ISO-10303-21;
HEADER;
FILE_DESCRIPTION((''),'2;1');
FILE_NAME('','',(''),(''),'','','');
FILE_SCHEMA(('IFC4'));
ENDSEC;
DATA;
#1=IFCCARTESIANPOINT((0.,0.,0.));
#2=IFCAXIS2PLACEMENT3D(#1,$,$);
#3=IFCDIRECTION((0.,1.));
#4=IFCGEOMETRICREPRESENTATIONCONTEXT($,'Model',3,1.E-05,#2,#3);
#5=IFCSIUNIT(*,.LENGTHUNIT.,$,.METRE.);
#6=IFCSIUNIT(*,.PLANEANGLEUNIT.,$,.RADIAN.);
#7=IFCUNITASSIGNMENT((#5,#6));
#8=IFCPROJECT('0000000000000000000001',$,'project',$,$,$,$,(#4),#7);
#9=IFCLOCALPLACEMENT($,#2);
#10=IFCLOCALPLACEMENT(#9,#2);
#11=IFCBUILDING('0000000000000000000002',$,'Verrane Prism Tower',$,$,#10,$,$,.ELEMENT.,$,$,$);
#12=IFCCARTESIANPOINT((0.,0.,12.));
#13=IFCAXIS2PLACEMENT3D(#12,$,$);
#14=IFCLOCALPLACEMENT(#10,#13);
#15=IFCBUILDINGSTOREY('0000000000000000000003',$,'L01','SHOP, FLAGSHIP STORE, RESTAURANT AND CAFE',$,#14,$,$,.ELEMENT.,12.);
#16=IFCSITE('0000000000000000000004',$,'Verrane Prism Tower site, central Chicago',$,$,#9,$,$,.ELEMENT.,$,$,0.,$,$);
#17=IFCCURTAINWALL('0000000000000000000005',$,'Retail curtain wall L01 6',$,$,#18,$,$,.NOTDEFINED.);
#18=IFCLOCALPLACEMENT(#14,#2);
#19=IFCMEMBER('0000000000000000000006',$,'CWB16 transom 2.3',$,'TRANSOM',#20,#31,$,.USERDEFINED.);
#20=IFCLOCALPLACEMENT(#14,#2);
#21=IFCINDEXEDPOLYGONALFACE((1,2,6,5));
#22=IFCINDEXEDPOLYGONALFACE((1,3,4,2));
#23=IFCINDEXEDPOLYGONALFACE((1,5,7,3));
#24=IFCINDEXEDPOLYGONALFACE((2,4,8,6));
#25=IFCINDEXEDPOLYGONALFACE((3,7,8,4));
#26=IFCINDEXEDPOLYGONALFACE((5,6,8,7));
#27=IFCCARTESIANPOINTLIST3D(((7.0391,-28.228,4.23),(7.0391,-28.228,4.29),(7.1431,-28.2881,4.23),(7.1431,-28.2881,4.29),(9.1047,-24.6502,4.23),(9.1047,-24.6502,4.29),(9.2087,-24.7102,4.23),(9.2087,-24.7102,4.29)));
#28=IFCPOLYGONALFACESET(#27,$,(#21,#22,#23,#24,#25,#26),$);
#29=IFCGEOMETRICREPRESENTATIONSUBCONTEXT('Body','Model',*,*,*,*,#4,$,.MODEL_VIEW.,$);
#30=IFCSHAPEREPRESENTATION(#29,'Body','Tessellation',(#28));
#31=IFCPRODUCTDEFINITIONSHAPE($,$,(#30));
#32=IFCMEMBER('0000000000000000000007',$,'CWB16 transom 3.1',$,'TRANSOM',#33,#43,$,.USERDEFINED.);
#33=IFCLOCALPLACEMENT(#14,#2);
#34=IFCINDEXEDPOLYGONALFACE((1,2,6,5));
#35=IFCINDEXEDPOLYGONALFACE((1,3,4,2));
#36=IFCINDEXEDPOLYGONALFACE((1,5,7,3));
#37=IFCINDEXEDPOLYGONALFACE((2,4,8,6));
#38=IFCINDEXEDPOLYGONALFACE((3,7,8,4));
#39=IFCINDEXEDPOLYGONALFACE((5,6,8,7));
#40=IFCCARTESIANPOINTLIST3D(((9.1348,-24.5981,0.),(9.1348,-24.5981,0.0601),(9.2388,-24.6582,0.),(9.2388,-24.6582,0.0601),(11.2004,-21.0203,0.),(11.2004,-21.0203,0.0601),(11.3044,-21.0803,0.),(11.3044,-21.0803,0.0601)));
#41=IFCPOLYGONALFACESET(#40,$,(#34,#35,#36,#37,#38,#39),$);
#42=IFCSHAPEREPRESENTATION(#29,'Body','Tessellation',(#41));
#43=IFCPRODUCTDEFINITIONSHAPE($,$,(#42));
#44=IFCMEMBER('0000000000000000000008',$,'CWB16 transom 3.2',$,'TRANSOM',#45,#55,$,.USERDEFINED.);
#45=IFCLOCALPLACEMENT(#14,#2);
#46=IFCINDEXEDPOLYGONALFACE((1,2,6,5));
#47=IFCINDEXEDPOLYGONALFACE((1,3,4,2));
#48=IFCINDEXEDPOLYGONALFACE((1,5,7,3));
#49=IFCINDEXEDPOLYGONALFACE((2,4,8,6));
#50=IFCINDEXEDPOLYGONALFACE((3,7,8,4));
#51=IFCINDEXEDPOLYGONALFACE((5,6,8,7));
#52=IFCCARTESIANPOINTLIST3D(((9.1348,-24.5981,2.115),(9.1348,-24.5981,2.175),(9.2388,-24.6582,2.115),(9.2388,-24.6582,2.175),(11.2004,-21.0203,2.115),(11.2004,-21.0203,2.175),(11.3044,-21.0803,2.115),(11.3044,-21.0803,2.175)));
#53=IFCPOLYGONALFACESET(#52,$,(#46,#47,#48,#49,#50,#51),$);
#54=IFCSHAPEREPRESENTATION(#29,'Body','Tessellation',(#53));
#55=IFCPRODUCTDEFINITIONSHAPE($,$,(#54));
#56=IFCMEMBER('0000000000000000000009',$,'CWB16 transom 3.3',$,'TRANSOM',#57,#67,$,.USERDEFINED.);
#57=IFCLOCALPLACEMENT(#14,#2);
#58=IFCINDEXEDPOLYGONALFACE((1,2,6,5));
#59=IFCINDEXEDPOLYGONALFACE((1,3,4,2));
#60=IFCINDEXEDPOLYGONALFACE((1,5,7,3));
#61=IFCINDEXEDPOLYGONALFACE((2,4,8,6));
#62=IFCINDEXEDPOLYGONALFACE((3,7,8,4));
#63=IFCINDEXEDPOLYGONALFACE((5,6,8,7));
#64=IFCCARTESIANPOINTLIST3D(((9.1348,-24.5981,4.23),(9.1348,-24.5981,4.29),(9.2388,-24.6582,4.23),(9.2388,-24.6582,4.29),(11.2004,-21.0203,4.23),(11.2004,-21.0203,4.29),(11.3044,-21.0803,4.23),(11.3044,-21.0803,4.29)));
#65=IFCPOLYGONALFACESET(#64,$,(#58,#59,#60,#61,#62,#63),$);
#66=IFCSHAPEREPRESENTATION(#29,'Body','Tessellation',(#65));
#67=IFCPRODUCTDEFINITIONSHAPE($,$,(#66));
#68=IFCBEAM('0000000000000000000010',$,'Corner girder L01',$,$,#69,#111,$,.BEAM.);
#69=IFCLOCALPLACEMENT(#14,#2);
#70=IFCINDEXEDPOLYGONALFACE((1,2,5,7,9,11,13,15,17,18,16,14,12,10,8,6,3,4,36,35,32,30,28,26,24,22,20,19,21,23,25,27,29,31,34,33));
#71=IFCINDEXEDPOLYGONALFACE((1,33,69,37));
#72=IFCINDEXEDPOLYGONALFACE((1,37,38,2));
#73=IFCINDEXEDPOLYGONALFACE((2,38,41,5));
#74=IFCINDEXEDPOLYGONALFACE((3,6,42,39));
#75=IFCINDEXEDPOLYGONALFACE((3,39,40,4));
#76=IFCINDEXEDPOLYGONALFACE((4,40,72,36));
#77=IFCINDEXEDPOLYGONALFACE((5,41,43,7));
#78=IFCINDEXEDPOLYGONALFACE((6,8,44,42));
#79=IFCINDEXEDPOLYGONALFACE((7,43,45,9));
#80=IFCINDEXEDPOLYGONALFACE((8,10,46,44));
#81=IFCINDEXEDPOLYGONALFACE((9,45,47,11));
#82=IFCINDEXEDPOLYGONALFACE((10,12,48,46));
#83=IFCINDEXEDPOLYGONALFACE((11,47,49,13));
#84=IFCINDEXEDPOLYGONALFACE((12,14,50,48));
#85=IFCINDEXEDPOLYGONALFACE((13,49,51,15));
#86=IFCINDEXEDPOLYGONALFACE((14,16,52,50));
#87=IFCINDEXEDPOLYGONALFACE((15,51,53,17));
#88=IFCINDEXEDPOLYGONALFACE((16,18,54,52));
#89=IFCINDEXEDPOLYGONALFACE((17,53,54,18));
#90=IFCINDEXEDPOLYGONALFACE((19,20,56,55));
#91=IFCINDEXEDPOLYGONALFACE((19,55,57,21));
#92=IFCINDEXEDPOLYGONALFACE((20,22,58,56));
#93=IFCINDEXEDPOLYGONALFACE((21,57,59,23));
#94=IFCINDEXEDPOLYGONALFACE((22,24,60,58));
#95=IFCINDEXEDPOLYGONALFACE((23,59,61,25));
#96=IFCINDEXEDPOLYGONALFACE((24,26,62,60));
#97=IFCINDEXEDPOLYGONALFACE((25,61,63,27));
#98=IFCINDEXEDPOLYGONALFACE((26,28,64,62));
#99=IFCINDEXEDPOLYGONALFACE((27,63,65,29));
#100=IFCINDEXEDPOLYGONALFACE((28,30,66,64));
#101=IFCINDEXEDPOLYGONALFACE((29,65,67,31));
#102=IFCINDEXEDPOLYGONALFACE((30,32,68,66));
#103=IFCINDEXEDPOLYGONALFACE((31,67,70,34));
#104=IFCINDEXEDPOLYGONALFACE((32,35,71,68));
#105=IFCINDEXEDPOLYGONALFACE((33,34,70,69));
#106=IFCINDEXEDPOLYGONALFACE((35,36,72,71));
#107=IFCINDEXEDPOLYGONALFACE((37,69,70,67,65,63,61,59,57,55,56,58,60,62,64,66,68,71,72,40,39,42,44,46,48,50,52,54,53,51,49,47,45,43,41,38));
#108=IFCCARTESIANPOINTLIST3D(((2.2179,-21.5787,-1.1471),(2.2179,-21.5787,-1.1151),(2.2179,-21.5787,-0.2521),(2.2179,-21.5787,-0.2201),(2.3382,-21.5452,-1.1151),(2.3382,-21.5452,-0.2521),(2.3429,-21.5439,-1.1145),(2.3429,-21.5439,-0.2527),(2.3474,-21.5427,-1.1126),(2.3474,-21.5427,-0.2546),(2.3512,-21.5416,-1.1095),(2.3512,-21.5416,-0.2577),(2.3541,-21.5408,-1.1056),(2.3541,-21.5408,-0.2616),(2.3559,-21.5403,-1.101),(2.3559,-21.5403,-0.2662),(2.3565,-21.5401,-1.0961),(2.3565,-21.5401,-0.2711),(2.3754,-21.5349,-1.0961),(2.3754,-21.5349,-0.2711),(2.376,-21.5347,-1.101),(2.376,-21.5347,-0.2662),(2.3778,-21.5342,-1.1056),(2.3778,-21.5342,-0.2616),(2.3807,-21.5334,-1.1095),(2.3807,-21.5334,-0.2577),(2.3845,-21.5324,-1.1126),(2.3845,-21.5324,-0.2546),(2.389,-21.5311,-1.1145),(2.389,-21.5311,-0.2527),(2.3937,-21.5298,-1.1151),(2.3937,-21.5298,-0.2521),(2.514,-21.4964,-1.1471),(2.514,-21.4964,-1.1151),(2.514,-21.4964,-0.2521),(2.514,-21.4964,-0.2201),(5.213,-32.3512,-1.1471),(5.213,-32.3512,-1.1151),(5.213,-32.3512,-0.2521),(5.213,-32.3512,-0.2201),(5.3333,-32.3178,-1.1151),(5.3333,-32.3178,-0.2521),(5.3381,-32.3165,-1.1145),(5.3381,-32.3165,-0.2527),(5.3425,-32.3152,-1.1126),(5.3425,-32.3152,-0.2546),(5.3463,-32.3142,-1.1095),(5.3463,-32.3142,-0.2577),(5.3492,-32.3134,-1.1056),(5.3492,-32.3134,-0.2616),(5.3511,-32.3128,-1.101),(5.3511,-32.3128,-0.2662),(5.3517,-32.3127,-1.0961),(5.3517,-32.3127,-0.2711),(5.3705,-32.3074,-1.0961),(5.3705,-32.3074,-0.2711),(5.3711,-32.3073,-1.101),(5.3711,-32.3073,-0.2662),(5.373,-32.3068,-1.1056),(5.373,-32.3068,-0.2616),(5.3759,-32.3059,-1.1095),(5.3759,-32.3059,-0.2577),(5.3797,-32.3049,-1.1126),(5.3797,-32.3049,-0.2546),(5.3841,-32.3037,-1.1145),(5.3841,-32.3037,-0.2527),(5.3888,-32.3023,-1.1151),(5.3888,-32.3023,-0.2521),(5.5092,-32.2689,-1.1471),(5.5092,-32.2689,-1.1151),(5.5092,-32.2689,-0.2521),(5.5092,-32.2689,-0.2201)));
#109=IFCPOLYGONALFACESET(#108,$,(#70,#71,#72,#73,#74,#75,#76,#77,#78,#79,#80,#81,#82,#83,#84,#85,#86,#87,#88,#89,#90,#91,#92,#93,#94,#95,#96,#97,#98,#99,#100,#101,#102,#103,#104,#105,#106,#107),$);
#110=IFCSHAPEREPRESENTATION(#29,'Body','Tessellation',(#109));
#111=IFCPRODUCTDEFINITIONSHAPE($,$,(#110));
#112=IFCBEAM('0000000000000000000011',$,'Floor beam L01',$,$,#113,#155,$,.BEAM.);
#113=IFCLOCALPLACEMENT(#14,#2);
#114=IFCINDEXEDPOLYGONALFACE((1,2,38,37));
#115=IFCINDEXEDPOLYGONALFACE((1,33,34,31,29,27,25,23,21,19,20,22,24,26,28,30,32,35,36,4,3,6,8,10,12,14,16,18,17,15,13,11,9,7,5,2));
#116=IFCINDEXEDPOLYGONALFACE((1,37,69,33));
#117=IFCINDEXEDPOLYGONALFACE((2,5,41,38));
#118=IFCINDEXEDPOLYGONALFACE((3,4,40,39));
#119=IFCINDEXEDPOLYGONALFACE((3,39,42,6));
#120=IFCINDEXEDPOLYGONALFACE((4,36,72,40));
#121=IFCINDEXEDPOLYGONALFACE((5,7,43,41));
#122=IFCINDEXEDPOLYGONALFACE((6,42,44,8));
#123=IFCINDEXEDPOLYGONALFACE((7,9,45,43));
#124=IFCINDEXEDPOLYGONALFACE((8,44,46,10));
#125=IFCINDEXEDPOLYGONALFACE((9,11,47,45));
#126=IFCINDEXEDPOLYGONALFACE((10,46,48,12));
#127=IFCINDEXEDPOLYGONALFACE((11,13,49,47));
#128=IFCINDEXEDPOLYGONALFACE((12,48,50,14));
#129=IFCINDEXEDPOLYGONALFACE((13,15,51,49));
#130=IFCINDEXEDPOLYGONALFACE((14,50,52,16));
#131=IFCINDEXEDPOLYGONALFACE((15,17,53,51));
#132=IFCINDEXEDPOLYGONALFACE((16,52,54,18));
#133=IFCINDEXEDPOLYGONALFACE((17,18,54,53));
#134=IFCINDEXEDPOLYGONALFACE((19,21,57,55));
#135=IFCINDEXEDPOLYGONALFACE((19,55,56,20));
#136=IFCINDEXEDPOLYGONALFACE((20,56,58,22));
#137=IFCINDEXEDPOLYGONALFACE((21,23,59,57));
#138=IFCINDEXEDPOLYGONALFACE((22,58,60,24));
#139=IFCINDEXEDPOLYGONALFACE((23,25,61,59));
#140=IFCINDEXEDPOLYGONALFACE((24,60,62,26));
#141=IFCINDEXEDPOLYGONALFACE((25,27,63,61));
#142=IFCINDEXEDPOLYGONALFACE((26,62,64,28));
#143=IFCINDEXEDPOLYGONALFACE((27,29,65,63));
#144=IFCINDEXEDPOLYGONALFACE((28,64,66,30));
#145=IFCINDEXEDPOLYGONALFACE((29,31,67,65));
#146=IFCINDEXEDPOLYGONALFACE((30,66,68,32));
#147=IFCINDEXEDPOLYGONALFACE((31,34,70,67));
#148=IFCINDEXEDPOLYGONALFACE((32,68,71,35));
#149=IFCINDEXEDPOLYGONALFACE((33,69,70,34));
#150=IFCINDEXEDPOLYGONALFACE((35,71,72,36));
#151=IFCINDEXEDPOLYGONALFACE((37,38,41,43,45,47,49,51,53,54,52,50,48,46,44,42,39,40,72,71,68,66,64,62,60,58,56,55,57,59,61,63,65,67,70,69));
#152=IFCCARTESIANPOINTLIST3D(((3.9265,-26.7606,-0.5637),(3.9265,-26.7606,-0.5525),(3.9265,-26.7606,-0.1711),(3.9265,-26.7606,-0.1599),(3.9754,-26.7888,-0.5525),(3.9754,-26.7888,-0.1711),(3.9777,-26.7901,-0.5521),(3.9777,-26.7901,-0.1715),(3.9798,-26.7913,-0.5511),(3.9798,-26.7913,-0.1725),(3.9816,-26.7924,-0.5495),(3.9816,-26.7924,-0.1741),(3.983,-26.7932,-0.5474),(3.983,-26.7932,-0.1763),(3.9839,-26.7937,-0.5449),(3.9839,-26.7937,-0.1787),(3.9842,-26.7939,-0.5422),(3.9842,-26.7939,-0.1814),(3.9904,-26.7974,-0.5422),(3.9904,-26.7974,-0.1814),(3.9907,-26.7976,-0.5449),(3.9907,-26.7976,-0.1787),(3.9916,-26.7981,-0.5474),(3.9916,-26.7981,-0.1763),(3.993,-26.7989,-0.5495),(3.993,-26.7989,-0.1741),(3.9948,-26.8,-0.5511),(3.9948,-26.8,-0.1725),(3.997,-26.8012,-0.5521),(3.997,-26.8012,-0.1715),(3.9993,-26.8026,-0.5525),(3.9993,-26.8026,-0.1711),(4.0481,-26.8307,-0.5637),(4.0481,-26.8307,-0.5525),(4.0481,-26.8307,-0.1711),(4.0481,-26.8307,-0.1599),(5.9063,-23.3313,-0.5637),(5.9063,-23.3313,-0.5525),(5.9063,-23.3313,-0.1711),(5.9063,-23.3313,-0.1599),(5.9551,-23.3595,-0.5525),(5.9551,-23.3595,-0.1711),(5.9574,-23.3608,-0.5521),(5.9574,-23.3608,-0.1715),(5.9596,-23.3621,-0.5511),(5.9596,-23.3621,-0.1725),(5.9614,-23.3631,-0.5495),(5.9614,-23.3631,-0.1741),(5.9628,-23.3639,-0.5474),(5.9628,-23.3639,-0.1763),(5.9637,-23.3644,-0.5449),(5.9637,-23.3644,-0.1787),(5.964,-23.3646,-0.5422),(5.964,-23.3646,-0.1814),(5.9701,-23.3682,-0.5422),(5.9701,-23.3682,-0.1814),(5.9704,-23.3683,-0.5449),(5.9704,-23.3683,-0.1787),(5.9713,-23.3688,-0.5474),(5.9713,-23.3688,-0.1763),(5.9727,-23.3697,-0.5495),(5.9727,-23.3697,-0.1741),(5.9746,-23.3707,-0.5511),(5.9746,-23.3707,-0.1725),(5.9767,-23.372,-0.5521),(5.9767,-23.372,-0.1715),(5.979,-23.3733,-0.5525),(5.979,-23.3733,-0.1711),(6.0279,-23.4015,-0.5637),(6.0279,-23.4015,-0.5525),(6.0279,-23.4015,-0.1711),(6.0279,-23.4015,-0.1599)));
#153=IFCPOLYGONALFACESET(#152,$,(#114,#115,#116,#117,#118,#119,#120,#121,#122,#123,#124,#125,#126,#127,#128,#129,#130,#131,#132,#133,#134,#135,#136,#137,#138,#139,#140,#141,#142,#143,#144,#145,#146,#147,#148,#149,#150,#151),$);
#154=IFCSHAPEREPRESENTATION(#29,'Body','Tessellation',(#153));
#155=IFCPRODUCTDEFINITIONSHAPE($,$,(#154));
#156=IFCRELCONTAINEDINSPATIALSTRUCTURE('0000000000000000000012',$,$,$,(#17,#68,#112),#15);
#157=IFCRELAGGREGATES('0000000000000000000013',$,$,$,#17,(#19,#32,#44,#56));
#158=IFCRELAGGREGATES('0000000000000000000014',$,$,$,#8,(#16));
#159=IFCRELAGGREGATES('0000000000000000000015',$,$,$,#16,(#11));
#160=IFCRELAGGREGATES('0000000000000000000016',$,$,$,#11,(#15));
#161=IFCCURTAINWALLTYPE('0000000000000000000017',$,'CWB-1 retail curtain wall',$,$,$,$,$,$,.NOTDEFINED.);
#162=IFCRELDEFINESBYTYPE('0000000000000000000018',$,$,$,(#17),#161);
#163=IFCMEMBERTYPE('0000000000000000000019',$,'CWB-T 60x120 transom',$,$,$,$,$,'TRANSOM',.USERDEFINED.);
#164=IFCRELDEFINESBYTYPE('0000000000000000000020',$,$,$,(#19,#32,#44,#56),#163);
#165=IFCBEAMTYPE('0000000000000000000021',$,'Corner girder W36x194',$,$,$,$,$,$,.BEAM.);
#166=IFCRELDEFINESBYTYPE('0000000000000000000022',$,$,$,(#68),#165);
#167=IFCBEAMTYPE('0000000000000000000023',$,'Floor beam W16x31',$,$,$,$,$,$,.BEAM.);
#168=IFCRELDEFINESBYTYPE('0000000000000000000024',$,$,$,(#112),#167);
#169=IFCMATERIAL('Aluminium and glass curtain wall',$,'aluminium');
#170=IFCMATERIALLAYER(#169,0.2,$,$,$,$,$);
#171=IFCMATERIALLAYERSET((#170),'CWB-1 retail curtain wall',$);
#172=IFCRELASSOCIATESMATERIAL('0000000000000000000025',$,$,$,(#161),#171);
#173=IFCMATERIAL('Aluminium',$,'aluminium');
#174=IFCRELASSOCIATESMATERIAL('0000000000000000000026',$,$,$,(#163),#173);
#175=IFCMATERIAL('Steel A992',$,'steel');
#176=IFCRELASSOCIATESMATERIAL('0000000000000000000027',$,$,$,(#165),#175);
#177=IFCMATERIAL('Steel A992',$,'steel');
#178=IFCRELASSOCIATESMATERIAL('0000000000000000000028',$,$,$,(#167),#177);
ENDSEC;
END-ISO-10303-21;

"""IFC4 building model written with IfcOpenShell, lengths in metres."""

from ifc_helpers import new_model, si_unit, direction, frame, origin, origin_2d, place, context, subcontext, project, spatial, rectangle, i_section, extrude, material, layer, layer_set, material_profile, profile_set, type_object, element, aggregate, save


model = new_model("IFC4")

# Units and contexts
model_context = context("Model", 3, precision=1e-05, world=origin(), true_north=direction((0.0, 1.0)))
body_context = subcontext(model_context, "Body", "Model", "MODEL_VIEW")
ifc_project = project(units=[si_unit("LENGTHUNIT", "METRE"), si_unit("PLANEANGLEUNIT", "RADIAN")], contexts=[model_context])

# Site, building, storey
site_placement = place(None, origin())
site = spatial("IfcSite", under=ifc_project, at=site_placement, Name="Verrane Prism Tower site, central Chicago", CompositionType="ELEMENT", RefElevation=0.0)
building_placement = place(site_placement, origin())
building = spatial("IfcBuilding", under=site, at=building_placement, Name="Verrane Prism Tower", CompositionType="ELEMENT")
storey_placement = place(building_placement, frame((0.0, 0.0, 12.0)))
storey = spatial("IfcBuildingStorey", under=building, at=storey_placement, Name="L01", Description="SHOP, FLAGSHIP STORE, RESTAURANT AND CAFE", CompositionType="ELEMENT", Elevation=12.0)

# Curtain wall
ifc_material_1 = material(Name="Aluminium and glass curtain wall", Category="aluminium")
ifc_layer_1 = layer(ifc_material_1, 0.2)
ifc_layer_set_1 = layer_set([ifc_layer_1], Name="CWB-1 retail curtain wall")
curtain_wall_type = type_object("IfcCurtainWallType", Name="CWB-1 retail curtain wall", PredefinedType="NOTDEFINED", material=ifc_layer_set_1)
curtain_wall_1_placement = place(storey_placement, origin())
curtain_wall_1 = element("IfcCurtainWall", 1, at=curtain_wall_1_placement, inside=storey, type_object=curtain_wall_type, Name="Retail curtain wall L01 6", PredefinedType="NOTDEFINED")

# Members
ifc_material_2 = material(Name="Aluminium", Category="aluminium")
ifc_material_profile_1 = material_profile(ifc_material_2, rectangle(XDim=0.1201, YDim=0.0601, at=origin_2d()), Name="CWB-T 60x120 transom")
ifc_profile_set_1 = profile_set([ifc_material_profile_1], Name="Aluminium")
member_type_1 = type_object("IfcMemberType", Name="CWB-T 60x120 transom", ElementType="TRANSOM", PredefinedType="USERDEFINED", material=ifc_profile_set_1)
member_1_placement = place(storey_placement, frame((7.0911, -28.2581, 4.26), z_axis=(0.499997, 0.866027, 0.0), x_axis=(-0.866027, 0.499997, 0.0)))
member_1 = element("IfcMember", 2, at=member_1_placement, type_object=member_type_1, Name="CWB16 transom 2.3", ObjectType="TRANSOM", PredefinedType="USERDEFINED", context=body_context, shape_type="SweptSolid", body=[
    extrude(rectangle(XDim=0.1201, YDim=0.0601, at=origin_2d()), origin(), (0.0, 0.0, 1.0), 4.1313),
])
member_2_placement = place(storey_placement, frame((9.1868, -24.6282, 0.03), z_axis=(0.499997, 0.866027, 0.0), x_axis=(-0.866027, 0.499997, 0.0)))
member_2 = element("IfcMember", 3, at=member_2_placement, type_object=member_type_1, Name="CWB16 transom 3.1", ObjectType="TRANSOM", PredefinedType="USERDEFINED", context=body_context, shape_type="SweptSolid", body=[
    extrude(rectangle(XDim=0.1201, YDim=0.0601, at=origin_2d()), origin(), (0.0, 0.0, 1.0), 4.1313),
])
member_3_placement = place(storey_placement, frame((9.1868, -24.6282, 2.145), z_axis=(0.499997, 0.866027, 0.0), x_axis=(-0.866027, 0.499997, 0.0)))
member_3 = element("IfcMember", 4, at=member_3_placement, type_object=member_type_1, Name="CWB16 transom 3.2", ObjectType="TRANSOM", PredefinedType="USERDEFINED", context=body_context, shape_type="SweptSolid", body=[
    extrude(rectangle(XDim=0.1201, YDim=0.0601, at=origin_2d()), origin(), (0.0, 0.0, 1.0), 4.1313),
])
member_4_placement = place(storey_placement, frame((9.1868, -24.6282, 4.26), z_axis=(0.499997, 0.866027, 0.0), x_axis=(-0.866027, 0.499997, 0.0)))
member_4 = element("IfcMember", 5, at=member_4_placement, type_object=member_type_1, Name="CWB16 transom 3.3", ObjectType="TRANSOM", PredefinedType="USERDEFINED", context=body_context, shape_type="SweptSolid", body=[
    extrude(rectangle(XDim=0.1201, YDim=0.0601, at=origin_2d()), origin(), (0.0, 0.0, 1.0), 4.1313),
])

# Beams
ifc_material_3 = material(Name="Steel A992", Category="steel")
ifc_material_profile_2 = material_profile(ifc_material_3, i_section(OverallWidth=0.3074, OverallDepth=0.927, WebThickness=0.0195, FlangeThickness=0.032, FilletRadius=0.019, at=origin_2d()), Name="W36x194")
ifc_profile_set_2 = profile_set([ifc_material_profile_2], Name="Steel A992")
beam_type_1 = type_object("IfcBeamType", Name="Corner girder W36x194", PredefinedType="BEAM", material=ifc_profile_set_2)
beam_1_placement = place(storey_placement, frame((5.3611, -32.3101, -0.6836), z_axis=(-0.267874, 0.963454, 0.0), x_axis=(-0.963454, -0.267874, 0.0)))
element("IfcBeam", 6, at=beam_1_placement, inside=storey, type_object=beam_type_1, Name="Corner girder L01", PredefinedType="BEAM", context=body_context, shape_type="SweptSolid", body=[
    extrude(i_section(OverallWidth=0.3074, OverallDepth=0.927, WebThickness=0.0195, FlangeThickness=0.032, FilletRadius=0.019, at=origin_2d()), origin(), (0.0, 0.0, 1.0), 11.1812),
])
ifc_material_4 = material(Name="Steel A992", Category="steel")
ifc_material_profile_3 = material_profile(ifc_material_4, i_section(OverallWidth=0.1404, OverallDepth=0.4038, WebThickness=0.0071, FlangeThickness=0.0112, FilletRadius=0.0103, at=origin_2d()), Name="W16x31")
ifc_profile_set_3 = profile_set([ifc_material_profile_3], Name="Steel A992")
beam_type_2 = type_object("IfcBeamType", Name="Floor beam W16x31", PredefinedType="BEAM", material=ifc_profile_set_3)
beam_2_placement = place(storey_placement, frame((3.9873, -26.7957, -0.3618), z_axis=(0.499979, 0.866038, 0.0), x_axis=(-0.866038, 0.499979, 0.0)))
element("IfcBeam", 7, at=beam_2_placement, inside=storey, type_object=beam_type_2, Name="Floor beam L01", PredefinedType="BEAM", context=body_context, shape_type="SweptSolid", body=[
    extrude(i_section(OverallWidth=0.1404, OverallDepth=0.4038, WebThickness=0.0071, FlangeThickness=0.0112, FilletRadius=0.0103, at=origin_2d()), origin(), (0.0, 0.0, 1.0), 3.9597),
])

aggregate(curtain_wall_1, [member_1, member_2, member_3, member_4])

save(model, "model.ifc")
